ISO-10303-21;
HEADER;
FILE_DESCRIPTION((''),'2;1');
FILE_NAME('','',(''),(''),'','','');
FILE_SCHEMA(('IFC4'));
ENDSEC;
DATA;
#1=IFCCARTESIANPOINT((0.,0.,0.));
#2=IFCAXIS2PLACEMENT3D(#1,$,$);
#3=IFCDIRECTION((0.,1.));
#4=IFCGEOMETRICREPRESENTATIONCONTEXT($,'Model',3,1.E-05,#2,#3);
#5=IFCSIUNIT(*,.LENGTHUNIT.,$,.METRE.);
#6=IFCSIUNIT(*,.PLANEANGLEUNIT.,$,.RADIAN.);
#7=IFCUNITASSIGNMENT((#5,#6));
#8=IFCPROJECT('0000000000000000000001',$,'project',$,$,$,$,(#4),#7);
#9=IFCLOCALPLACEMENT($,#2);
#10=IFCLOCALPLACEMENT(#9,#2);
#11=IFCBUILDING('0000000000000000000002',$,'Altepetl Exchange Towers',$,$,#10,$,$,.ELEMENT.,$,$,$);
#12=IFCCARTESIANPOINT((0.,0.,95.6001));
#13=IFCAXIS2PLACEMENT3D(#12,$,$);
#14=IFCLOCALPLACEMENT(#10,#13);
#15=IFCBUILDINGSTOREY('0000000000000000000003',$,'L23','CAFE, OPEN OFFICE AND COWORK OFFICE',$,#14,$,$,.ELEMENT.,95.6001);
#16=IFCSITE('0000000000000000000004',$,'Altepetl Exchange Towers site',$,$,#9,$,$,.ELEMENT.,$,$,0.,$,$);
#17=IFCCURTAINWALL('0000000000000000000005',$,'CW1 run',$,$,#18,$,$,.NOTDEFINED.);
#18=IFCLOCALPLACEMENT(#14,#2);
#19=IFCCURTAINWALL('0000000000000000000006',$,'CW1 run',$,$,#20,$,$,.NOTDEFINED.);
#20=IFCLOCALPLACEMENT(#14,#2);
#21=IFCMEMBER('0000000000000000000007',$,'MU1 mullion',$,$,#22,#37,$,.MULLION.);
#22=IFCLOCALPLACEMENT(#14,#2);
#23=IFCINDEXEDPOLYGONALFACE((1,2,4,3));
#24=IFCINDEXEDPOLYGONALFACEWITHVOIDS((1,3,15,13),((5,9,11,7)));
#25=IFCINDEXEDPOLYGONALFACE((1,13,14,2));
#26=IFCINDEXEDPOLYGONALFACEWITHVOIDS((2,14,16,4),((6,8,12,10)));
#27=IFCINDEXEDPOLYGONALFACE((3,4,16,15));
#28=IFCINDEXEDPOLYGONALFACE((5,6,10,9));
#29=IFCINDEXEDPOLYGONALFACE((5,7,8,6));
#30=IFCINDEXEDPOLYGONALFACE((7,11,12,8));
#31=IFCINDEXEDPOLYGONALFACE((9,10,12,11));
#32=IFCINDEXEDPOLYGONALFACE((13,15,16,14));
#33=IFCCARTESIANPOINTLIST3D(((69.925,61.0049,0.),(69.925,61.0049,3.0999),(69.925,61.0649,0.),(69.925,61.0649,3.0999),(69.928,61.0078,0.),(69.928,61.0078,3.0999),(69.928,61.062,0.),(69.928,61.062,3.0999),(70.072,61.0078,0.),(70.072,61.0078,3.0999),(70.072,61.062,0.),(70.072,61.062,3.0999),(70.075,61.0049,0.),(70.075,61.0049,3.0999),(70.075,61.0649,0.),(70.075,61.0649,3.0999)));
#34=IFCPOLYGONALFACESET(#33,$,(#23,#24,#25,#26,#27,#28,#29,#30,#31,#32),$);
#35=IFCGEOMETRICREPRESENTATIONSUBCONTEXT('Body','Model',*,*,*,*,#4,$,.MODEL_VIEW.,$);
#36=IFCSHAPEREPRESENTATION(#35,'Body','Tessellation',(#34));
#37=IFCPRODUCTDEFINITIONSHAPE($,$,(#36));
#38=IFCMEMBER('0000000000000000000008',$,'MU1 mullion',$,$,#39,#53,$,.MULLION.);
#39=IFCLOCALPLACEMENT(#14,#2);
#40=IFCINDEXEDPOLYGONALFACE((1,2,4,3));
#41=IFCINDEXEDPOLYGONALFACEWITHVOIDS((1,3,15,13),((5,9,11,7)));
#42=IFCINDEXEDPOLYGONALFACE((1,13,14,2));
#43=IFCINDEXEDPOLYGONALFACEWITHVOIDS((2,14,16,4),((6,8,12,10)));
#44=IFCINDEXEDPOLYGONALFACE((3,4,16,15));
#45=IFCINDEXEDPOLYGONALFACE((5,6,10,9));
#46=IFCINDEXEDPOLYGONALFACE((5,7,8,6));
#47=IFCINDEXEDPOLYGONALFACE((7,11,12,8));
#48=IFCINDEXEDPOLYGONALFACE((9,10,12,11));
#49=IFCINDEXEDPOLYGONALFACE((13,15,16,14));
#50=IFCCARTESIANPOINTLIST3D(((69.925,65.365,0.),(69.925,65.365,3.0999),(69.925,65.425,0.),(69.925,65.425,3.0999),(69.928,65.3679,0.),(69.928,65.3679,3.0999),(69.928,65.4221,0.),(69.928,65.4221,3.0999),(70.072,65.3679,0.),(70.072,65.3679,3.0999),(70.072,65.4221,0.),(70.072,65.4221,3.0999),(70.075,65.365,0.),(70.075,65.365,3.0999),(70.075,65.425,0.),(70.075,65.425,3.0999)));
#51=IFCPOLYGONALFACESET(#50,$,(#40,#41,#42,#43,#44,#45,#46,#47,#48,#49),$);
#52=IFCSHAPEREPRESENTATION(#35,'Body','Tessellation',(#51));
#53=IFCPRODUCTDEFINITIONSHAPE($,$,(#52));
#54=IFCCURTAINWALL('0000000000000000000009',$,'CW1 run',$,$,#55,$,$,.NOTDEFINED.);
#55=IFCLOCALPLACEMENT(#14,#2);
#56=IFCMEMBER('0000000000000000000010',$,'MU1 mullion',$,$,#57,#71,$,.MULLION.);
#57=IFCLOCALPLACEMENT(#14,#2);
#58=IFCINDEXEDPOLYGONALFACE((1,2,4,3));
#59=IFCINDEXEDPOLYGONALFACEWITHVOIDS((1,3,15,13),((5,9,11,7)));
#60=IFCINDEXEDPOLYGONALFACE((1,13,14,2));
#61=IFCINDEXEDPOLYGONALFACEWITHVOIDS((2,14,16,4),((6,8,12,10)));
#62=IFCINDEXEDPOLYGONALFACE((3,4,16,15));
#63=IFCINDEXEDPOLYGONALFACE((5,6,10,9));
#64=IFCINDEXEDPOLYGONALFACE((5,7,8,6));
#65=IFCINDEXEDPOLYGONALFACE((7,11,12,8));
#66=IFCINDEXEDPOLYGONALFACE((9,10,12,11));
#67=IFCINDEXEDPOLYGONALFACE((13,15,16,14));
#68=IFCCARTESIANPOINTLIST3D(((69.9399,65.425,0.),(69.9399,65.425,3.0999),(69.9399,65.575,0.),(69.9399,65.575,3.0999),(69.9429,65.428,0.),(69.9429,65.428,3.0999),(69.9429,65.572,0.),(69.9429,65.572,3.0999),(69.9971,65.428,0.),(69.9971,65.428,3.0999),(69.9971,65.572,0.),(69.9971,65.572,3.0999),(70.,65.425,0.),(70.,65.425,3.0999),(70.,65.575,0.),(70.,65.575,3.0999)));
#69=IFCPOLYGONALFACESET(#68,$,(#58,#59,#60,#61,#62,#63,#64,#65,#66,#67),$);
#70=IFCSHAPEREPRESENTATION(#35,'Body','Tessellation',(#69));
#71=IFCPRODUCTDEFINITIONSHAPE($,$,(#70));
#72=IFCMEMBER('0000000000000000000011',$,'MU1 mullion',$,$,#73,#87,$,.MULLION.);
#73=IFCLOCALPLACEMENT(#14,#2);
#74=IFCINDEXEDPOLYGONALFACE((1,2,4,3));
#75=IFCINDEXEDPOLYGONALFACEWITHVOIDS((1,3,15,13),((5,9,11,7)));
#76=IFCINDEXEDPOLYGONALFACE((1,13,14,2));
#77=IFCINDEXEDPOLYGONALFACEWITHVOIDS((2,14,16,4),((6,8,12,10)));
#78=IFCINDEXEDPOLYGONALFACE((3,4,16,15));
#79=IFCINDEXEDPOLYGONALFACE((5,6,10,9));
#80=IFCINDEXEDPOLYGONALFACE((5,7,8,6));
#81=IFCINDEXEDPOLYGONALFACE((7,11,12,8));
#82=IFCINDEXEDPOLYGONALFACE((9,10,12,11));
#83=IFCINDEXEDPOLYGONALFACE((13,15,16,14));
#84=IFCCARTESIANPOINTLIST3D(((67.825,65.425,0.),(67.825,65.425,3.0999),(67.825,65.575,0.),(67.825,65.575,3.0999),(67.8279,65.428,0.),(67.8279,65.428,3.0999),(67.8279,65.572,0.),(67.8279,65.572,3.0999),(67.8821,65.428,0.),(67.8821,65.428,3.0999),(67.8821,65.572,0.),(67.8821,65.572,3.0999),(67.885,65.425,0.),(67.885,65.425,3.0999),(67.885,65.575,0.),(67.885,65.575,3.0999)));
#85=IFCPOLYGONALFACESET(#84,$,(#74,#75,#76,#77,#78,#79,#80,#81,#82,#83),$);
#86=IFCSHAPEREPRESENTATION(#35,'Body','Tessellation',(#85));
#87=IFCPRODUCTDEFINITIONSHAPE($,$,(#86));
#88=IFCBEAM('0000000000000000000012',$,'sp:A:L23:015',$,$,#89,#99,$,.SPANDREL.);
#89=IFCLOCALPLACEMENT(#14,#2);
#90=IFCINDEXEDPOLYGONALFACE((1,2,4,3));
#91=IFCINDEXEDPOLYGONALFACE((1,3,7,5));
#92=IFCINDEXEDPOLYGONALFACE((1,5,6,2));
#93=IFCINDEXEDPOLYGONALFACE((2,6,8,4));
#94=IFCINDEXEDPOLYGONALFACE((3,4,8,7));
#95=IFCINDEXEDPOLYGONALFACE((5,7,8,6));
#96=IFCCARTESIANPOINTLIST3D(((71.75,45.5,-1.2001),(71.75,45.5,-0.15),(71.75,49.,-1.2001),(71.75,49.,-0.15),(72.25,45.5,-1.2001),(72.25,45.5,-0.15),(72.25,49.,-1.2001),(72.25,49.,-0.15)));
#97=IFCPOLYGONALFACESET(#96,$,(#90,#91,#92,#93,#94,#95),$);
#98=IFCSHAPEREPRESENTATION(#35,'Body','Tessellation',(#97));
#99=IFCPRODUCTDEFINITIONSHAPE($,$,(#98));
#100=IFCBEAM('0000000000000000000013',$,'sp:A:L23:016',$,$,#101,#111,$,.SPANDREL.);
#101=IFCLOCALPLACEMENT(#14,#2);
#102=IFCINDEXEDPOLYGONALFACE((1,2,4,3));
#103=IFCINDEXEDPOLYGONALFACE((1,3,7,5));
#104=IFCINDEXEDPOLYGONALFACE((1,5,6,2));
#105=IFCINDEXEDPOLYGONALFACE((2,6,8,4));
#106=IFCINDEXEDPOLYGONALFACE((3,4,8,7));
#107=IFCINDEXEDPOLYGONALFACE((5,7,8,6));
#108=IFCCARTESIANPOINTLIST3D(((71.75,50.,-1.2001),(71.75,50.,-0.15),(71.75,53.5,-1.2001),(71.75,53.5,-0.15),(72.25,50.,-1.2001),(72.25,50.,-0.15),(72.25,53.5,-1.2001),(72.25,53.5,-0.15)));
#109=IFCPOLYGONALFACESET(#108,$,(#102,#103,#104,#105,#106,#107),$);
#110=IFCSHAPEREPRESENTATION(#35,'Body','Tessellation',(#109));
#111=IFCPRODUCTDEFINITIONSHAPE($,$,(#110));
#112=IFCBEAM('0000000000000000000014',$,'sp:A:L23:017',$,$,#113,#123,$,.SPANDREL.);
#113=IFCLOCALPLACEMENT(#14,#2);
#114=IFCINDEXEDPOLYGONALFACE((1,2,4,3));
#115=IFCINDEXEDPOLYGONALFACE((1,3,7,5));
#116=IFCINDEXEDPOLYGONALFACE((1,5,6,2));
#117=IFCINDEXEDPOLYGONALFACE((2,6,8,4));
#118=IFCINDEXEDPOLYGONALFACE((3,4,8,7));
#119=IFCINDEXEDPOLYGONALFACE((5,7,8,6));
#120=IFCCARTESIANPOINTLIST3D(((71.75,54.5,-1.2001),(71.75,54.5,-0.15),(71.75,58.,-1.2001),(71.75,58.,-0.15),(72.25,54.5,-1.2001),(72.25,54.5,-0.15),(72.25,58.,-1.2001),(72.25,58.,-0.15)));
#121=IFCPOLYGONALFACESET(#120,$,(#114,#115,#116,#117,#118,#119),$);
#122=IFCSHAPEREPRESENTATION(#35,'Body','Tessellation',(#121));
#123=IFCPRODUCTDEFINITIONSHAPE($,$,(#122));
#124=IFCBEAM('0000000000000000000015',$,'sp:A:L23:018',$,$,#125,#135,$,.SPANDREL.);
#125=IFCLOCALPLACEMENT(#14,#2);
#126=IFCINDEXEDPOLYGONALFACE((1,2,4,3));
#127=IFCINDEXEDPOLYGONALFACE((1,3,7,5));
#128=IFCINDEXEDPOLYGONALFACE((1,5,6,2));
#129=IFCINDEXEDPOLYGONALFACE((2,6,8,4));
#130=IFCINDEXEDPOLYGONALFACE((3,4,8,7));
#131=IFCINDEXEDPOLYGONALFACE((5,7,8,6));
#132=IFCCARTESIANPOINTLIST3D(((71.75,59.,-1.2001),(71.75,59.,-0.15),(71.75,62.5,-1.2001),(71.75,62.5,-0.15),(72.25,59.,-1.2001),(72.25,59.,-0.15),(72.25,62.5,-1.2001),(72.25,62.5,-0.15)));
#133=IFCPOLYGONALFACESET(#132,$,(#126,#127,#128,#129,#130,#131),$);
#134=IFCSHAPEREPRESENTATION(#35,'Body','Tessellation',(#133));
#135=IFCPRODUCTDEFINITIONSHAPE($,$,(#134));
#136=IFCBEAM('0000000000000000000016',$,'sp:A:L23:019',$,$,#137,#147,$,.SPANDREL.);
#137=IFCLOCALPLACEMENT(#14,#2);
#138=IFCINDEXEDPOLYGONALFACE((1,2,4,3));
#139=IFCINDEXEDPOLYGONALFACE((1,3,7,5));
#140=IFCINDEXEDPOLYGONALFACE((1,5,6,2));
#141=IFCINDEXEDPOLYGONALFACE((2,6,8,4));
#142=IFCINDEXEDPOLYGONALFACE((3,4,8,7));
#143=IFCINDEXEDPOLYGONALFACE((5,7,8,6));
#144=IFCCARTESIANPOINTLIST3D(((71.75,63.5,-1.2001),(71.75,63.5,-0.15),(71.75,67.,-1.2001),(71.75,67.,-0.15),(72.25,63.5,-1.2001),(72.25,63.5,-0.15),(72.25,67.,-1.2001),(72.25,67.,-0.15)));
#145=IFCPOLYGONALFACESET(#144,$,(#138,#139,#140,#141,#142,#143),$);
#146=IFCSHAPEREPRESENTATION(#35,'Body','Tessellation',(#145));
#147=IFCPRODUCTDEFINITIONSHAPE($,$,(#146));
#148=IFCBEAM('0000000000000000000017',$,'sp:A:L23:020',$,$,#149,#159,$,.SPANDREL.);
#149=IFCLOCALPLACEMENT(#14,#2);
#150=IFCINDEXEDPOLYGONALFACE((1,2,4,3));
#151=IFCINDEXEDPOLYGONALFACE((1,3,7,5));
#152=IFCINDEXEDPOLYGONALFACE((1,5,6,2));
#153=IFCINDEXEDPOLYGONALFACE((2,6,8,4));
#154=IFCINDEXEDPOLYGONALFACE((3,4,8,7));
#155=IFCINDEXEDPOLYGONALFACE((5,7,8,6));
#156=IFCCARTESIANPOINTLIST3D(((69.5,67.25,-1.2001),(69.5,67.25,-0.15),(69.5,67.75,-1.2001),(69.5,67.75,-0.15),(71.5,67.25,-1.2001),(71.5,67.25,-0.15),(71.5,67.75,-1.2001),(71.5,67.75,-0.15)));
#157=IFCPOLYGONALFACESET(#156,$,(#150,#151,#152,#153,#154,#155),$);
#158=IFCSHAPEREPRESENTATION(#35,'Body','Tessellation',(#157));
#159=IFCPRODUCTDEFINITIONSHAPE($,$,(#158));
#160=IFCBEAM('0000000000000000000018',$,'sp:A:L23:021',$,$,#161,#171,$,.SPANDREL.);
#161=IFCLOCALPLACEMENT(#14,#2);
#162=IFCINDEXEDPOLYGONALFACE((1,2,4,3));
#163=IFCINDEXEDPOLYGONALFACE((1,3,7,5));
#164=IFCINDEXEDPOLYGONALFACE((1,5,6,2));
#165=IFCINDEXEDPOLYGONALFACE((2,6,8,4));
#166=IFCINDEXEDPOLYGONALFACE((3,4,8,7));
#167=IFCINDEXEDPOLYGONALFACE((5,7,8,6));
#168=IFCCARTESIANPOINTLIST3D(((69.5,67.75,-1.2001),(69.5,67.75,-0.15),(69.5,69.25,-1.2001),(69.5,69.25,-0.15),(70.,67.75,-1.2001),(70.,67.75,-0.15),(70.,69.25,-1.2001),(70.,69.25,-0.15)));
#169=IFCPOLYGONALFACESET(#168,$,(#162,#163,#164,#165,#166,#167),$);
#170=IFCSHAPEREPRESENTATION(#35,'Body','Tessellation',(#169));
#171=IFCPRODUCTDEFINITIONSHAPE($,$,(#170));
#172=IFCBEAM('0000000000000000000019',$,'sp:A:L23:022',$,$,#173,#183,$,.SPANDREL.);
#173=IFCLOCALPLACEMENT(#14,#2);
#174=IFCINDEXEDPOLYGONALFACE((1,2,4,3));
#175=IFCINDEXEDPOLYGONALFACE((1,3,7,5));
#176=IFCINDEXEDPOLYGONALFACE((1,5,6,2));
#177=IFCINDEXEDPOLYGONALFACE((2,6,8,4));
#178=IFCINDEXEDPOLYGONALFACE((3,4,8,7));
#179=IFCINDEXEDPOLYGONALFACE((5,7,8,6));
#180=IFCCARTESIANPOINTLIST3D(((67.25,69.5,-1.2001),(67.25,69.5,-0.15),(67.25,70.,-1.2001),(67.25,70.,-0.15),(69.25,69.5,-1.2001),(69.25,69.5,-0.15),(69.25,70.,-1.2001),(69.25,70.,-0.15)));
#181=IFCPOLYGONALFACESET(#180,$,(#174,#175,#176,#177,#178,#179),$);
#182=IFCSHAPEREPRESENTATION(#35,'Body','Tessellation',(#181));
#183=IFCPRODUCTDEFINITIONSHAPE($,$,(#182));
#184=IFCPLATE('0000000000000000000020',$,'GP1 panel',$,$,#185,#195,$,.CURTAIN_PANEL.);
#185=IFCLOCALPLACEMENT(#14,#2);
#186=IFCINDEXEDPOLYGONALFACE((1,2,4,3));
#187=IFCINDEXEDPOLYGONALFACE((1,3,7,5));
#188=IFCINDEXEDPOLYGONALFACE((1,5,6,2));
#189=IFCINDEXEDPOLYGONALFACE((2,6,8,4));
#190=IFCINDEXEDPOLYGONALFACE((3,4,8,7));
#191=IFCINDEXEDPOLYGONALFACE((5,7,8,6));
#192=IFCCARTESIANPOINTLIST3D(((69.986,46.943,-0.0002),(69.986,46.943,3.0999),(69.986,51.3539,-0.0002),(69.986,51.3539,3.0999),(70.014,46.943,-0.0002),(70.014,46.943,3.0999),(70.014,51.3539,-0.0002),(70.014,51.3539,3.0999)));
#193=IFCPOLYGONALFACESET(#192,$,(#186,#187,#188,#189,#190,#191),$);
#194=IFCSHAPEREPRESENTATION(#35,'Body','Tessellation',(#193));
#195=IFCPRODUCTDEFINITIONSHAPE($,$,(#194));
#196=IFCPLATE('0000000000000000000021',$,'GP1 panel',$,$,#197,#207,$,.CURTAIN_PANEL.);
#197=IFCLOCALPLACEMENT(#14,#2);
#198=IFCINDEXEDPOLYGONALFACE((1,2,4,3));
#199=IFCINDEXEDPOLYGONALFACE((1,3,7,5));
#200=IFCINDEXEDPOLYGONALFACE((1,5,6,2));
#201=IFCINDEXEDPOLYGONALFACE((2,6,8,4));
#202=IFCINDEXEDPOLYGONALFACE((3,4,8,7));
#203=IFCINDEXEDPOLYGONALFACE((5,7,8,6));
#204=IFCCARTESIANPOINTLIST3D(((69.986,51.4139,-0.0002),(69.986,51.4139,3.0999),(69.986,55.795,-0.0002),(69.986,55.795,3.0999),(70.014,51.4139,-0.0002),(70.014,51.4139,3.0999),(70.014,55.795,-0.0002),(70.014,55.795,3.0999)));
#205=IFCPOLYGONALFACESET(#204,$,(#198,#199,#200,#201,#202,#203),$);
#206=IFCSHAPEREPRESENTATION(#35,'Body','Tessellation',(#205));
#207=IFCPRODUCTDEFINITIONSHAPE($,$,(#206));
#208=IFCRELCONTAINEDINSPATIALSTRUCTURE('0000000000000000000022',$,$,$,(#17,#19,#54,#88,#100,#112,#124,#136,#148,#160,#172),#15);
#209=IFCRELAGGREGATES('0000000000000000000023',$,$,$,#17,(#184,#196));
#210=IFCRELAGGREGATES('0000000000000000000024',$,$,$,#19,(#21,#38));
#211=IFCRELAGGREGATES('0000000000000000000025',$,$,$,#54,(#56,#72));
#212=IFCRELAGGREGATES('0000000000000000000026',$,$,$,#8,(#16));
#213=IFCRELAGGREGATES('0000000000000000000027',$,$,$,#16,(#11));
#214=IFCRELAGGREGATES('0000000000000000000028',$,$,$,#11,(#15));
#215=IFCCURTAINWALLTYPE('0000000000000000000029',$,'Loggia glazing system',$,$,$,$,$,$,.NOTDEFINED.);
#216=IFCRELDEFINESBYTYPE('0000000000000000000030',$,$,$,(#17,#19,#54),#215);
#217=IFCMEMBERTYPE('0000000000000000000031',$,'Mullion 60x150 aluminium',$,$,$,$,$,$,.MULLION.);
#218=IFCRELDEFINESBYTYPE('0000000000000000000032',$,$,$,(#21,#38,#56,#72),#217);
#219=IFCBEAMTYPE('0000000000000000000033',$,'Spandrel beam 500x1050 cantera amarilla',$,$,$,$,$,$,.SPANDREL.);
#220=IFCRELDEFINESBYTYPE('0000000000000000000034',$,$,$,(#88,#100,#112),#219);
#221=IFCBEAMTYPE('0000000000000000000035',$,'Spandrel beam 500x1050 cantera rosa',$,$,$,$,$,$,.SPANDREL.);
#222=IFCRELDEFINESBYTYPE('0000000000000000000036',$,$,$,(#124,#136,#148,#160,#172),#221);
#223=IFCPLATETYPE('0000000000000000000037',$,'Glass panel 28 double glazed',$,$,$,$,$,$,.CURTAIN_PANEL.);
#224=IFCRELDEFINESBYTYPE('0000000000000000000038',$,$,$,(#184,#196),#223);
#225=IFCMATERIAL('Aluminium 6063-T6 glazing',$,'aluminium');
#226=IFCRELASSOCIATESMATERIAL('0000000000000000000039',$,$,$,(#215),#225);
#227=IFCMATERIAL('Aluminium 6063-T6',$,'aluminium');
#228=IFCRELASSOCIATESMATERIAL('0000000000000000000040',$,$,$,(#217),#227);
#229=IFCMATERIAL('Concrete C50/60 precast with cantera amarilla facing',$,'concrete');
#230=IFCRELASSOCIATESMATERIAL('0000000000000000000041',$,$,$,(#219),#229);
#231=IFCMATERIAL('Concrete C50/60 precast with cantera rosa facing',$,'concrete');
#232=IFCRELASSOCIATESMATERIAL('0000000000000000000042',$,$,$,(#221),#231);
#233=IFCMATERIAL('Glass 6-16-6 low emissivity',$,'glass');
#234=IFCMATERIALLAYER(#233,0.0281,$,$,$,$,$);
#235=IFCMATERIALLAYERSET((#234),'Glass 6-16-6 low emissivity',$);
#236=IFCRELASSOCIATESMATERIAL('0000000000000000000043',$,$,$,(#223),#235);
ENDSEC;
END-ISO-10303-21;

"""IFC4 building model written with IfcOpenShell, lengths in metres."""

from ifc_helpers import new_model, si_unit, direction, frame, origin, origin_2d, place, context, subcontext, project, spatial, rectangle, hollow_rectangle, extrude, material, layer, layer_set, material_profile, profile_set, type_object, element, aggregate, save


model = new_model("IFC4")

# Units and contexts
model_context = context("Model", 3, precision=1e-05, world=origin(), true_north=direction((0.0, 1.0)))
body_context = subcontext(model_context, "Body", "Model", "MODEL_VIEW")
ifc_project = project(units=[si_unit("LENGTHUNIT", "METRE"), si_unit("PLANEANGLEUNIT", "RADIAN")], contexts=[model_context])

# Site, building, storey
site_placement = place(None, origin())
site = spatial("IfcSite", under=ifc_project, at=site_placement, Name="Altepetl Exchange Towers site", CompositionType="ELEMENT", RefElevation=0.0)
building_placement = place(site_placement, origin())
building = spatial("IfcBuilding", under=site, at=building_placement, Name="Altepetl Exchange Towers", CompositionType="ELEMENT")
storey_placement = place(building_placement, frame((0.0, 0.0, 95.6001)))
storey = spatial("IfcBuildingStorey", under=building, at=storey_placement, Name="L23", Description="CAFE, OPEN OFFICE AND COWORK OFFICE", CompositionType="ELEMENT", Elevation=95.6001)

# Curtain walls, members
ifc_material_1 = material(Name="Aluminium 6063-T6 glazing", Category="aluminium")
curtain_wall_type = type_object("IfcCurtainWallType", Name="Loggia glazing system", PredefinedType="NOTDEFINED", material=ifc_material_1)
curtain_wall_1_placement = place(storey_placement, origin())
curtain_wall_1 = element("IfcCurtainWall", 1, at=curtain_wall_1_placement, inside=storey, type_object=curtain_wall_type, Name="CW1 run", PredefinedType="NOTDEFINED")
ifc_material_2 = material(Name="Aluminium 6063-T6", Category="aluminium")
ifc_material_profile_1 = material_profile(ifc_material_2, hollow_rectangle(XDim=0.0601, YDim=0.1499, WallThickness=0.0029, at=origin_2d()), Name="Mullion 60x150 aluminium")
ifc_profile_set_1 = profile_set([ifc_material_profile_1], Name="Aluminium 6063-T6")
member_type = type_object("IfcMemberType", Name="Mullion 60x150 aluminium", PredefinedType="MULLION", material=ifc_profile_set_1)
curtain_wall_2_placement = place(storey_placement, origin())
curtain_wall_2 = element("IfcCurtainWall", 2, at=curtain_wall_2_placement, inside=storey, type_object=curtain_wall_type, Name="CW1 run", PredefinedType="NOTDEFINED")
member_1_placement = place(storey_placement, frame((70.0, 61.0349, 0.0), z_axis=(0.0, 0.0, 1.0), x_axis=(0.0, 1.0, 0.0)))
member_1 = element("IfcMember", 3, at=member_1_placement, type_object=member_type, Name="MU1 mullion", PredefinedType="MULLION", context=body_context, shape_type="SweptSolid", body=[
    extrude(hollow_rectangle(XDim=0.0601, YDim=0.1499, WallThickness=0.0029, at=origin_2d()), origin(), (0.0, 0.0, 1.0), 3.0999),
])
member_2_placement = place(storey_placement, frame((70.0, 65.395, 0.0), z_axis=(0.0, 0.0, 1.0), x_axis=(0.0, 1.0, 0.0)))
member_2 = element("IfcMember", 4, at=member_2_placement, type_object=member_type, Name="MU1 mullion", PredefinedType="MULLION", context=body_context, shape_type="SweptSolid", body=[
    extrude(hollow_rectangle(XDim=0.0601, YDim=0.1499, WallThickness=0.0029, at=origin_2d()), origin(), (0.0, 0.0, 1.0), 3.0999),
])
curtain_wall_3_placement = place(storey_placement, origin())
curtain_wall_3 = element("IfcCurtainWall", 5, at=curtain_wall_3_placement, inside=storey, type_object=curtain_wall_type, Name="CW1 run", PredefinedType="NOTDEFINED")
member_3_placement = place(storey_placement, frame((69.97, 65.5, 0.0), z_axis=(0.0, 0.0, 1.0), x_axis=(-1.0, 0.0, 0.0)))
member_3 = element("IfcMember", 6, at=member_3_placement, type_object=member_type, Name="MU1 mullion", PredefinedType="MULLION", context=body_context, shape_type="SweptSolid", body=[
    extrude(hollow_rectangle(XDim=0.0601, YDim=0.1499, WallThickness=0.0029, at=origin_2d()), origin(), (0.0, 0.0, 1.0), 3.0999),
])
member_4_placement = place(storey_placement, frame((67.855, 65.5, 0.0), z_axis=(0.0, 0.0, 1.0), x_axis=(-1.0, 0.0, 0.0)))
member_4 = element("IfcMember", 7, at=member_4_placement, type_object=member_type, Name="MU1 mullion", PredefinedType="MULLION", context=body_context, shape_type="SweptSolid", body=[
    extrude(hollow_rectangle(XDim=0.0601, YDim=0.1499, WallThickness=0.0029, at=origin_2d()), origin(), (0.0, 0.0, 1.0), 3.0999),
])

# Beams
ifc_material_3 = material(Name="Concrete C50/60 precast with cantera amarilla facing", Category="concrete")
ifc_material_profile_2 = material_profile(ifc_material_3, rectangle(XDim=0.5, YDim=1.05, at=origin_2d()), Name="500 x 1050")
ifc_profile_set_2 = profile_set([ifc_material_profile_2], Name="Concrete C50/60 precast with cantera amarilla facing")
beam_type_1 = type_object("IfcBeamType", Name="Spandrel beam 500x1050 cantera amarilla", PredefinedType="SPANDREL", material=ifc_profile_set_2)
for number, where, z_axis, x_axis, name in (
    (8, (72.0, 45.5, -0.675), (0.0, 1.0, 0.0), (-1.0, 0.0, 0.0), "sp:A:L23:015"),
    (9, (72.0, 50.0, -0.675), (0.0, 1.0, 0.0), (-1.0, 0.0, 0.0), "sp:A:L23:016"),
    (10, (72.0, 54.5, -0.675), (0.0, 1.0, 0.0), (-1.0, 0.0, 0.0), "sp:A:L23:017"),
):
    element("IfcBeam", number, at=place(storey_placement, frame(where, z_axis=z_axis, x_axis=x_axis)), inside=storey, type_object=beam_type_1, Name=name, PredefinedType="SPANDREL", context=body_context, shape_type="SweptSolid", body=[
        extrude(rectangle(XDim=0.5, YDim=1.05, at=origin_2d()), origin(), (0.0, 0.0, 1.0), 3.5),
    ])
ifc_material_4 = material(Name="Concrete C50/60 precast with cantera rosa facing", Category="concrete")
ifc_material_profile_3 = material_profile(ifc_material_4, rectangle(XDim=0.5, YDim=1.05, at=origin_2d()), Name="500 x 1050")
ifc_profile_set_3 = profile_set([ifc_material_profile_3], Name="Concrete C50/60 precast with cantera rosa facing")
beam_type_2 = type_object("IfcBeamType", Name="Spandrel beam 500x1050 cantera rosa", PredefinedType="SPANDREL", material=ifc_profile_set_3)
for number, where, z_axis, x_axis, name in (
    (11, (72.0, 59.0, -0.675), (0.0, 1.0, 0.0), (-1.0, 0.0, 0.0), "sp:A:L23:018"),
    (12, (72.0, 63.5, -0.675), (0.0, 1.0, 0.0), (-1.0, 0.0, 0.0), "sp:A:L23:019"),
):
    element("IfcBeam", number, at=place(storey_placement, frame(where, z_axis=z_axis, x_axis=x_axis)), inside=storey, type_object=beam_type_2, Name=name, PredefinedType="SPANDREL", context=body_context, shape_type="SweptSolid", body=[
        extrude(rectangle(XDim=0.5, YDim=1.05, at=origin_2d()), origin(), (0.0, 0.0, 1.0), 3.5),
    ])
beam_1_placement = place(storey_placement, frame((71.5, 67.5, -0.675), z_axis=(-1.0, 0.0, 0.0), x_axis=(0.0, -1.0, 0.0)))
element("IfcBeam", 13, at=beam_1_placement, inside=storey, type_object=beam_type_2, Name="sp:A:L23:020", PredefinedType="SPANDREL", context=body_context, shape_type="SweptSolid", body=[
    extrude(rectangle(XDim=0.5, YDim=1.05, at=origin_2d()), origin(), (0.0, 0.0, 1.0), 2.0),
])
beam_2_placement = place(storey_placement, frame((69.75, 67.75, -0.675), z_axis=(0.0, 1.0, 0.0), x_axis=(-1.0, 0.0, 0.0)))
element("IfcBeam", 14, at=beam_2_placement, inside=storey, type_object=beam_type_2, Name="sp:A:L23:021", PredefinedType="SPANDREL", context=body_context, shape_type="SweptSolid", body=[
    extrude(rectangle(XDim=0.5, YDim=1.05, at=origin_2d()), origin(), (0.0, 0.0, 1.0), 1.5),
])
beam_3_placement = place(storey_placement, frame((69.25, 69.75, -0.675), z_axis=(-1.0, 0.0, 0.0), x_axis=(0.0, -1.0, 0.0)))
element("IfcBeam", 15, at=beam_3_placement, inside=storey, type_object=beam_type_2, Name="sp:A:L23:022", PredefinedType="SPANDREL", context=body_context, shape_type="SweptSolid", body=[
    extrude(rectangle(XDim=0.5, YDim=1.05, at=origin_2d()), origin(), (0.0, 0.0, 1.0), 2.0),
])

# Plates
ifc_material_5 = material(Name="Glass 6-16-6 low emissivity", Category="glass")
ifc_layer_1 = layer(ifc_material_5, 0.0281)
ifc_layer_set_1 = layer_set([ifc_layer_1], Name="Glass 6-16-6 low emissivity")
plate_type = type_object("IfcPlateType", Name="Glass panel 28 double glazed", PredefinedType="CURTAIN_PANEL", material=ifc_layer_set_1)
plate_1_placement = place(storey_placement, frame((70.0, 49.1484, -0.0002), z_axis=(0.0, 0.0, 1.0), x_axis=(0.0, 1.0, 0.0)))
plate_1 = element("IfcPlate", 16, at=plate_1_placement, type_object=plate_type, Name="GP1 panel", PredefinedType="CURTAIN_PANEL", context=body_context, shape_type="SweptSolid", body=[
    extrude(rectangle(XDim=4.4109, YDim=0.0281, at=origin_2d()), origin(), (0.0, 0.0, 1.0), 3.1001),
])
plate_2_placement = place(storey_placement, frame((70.0, 53.6045, -0.0002), z_axis=(0.0, 0.0, 1.0), x_axis=(0.0, 1.0, 0.0)))
plate_2 = element("IfcPlate", 17, at=plate_2_placement, type_object=plate_type, Name="GP1 panel", PredefinedType="CURTAIN_PANEL", context=body_context, shape_type="SweptSolid", body=[
    extrude(rectangle(XDim=4.3811, YDim=0.0281, at=origin_2d()), origin(), (0.0, 0.0, 1.0), 3.1001),
])
aggregate(curtain_wall_1, [plate_1, plate_2])
aggregate(curtain_wall_2, [member_1, member_2])
aggregate(curtain_wall_3, [member_3, member_4])

save(model, "model.ifc")
